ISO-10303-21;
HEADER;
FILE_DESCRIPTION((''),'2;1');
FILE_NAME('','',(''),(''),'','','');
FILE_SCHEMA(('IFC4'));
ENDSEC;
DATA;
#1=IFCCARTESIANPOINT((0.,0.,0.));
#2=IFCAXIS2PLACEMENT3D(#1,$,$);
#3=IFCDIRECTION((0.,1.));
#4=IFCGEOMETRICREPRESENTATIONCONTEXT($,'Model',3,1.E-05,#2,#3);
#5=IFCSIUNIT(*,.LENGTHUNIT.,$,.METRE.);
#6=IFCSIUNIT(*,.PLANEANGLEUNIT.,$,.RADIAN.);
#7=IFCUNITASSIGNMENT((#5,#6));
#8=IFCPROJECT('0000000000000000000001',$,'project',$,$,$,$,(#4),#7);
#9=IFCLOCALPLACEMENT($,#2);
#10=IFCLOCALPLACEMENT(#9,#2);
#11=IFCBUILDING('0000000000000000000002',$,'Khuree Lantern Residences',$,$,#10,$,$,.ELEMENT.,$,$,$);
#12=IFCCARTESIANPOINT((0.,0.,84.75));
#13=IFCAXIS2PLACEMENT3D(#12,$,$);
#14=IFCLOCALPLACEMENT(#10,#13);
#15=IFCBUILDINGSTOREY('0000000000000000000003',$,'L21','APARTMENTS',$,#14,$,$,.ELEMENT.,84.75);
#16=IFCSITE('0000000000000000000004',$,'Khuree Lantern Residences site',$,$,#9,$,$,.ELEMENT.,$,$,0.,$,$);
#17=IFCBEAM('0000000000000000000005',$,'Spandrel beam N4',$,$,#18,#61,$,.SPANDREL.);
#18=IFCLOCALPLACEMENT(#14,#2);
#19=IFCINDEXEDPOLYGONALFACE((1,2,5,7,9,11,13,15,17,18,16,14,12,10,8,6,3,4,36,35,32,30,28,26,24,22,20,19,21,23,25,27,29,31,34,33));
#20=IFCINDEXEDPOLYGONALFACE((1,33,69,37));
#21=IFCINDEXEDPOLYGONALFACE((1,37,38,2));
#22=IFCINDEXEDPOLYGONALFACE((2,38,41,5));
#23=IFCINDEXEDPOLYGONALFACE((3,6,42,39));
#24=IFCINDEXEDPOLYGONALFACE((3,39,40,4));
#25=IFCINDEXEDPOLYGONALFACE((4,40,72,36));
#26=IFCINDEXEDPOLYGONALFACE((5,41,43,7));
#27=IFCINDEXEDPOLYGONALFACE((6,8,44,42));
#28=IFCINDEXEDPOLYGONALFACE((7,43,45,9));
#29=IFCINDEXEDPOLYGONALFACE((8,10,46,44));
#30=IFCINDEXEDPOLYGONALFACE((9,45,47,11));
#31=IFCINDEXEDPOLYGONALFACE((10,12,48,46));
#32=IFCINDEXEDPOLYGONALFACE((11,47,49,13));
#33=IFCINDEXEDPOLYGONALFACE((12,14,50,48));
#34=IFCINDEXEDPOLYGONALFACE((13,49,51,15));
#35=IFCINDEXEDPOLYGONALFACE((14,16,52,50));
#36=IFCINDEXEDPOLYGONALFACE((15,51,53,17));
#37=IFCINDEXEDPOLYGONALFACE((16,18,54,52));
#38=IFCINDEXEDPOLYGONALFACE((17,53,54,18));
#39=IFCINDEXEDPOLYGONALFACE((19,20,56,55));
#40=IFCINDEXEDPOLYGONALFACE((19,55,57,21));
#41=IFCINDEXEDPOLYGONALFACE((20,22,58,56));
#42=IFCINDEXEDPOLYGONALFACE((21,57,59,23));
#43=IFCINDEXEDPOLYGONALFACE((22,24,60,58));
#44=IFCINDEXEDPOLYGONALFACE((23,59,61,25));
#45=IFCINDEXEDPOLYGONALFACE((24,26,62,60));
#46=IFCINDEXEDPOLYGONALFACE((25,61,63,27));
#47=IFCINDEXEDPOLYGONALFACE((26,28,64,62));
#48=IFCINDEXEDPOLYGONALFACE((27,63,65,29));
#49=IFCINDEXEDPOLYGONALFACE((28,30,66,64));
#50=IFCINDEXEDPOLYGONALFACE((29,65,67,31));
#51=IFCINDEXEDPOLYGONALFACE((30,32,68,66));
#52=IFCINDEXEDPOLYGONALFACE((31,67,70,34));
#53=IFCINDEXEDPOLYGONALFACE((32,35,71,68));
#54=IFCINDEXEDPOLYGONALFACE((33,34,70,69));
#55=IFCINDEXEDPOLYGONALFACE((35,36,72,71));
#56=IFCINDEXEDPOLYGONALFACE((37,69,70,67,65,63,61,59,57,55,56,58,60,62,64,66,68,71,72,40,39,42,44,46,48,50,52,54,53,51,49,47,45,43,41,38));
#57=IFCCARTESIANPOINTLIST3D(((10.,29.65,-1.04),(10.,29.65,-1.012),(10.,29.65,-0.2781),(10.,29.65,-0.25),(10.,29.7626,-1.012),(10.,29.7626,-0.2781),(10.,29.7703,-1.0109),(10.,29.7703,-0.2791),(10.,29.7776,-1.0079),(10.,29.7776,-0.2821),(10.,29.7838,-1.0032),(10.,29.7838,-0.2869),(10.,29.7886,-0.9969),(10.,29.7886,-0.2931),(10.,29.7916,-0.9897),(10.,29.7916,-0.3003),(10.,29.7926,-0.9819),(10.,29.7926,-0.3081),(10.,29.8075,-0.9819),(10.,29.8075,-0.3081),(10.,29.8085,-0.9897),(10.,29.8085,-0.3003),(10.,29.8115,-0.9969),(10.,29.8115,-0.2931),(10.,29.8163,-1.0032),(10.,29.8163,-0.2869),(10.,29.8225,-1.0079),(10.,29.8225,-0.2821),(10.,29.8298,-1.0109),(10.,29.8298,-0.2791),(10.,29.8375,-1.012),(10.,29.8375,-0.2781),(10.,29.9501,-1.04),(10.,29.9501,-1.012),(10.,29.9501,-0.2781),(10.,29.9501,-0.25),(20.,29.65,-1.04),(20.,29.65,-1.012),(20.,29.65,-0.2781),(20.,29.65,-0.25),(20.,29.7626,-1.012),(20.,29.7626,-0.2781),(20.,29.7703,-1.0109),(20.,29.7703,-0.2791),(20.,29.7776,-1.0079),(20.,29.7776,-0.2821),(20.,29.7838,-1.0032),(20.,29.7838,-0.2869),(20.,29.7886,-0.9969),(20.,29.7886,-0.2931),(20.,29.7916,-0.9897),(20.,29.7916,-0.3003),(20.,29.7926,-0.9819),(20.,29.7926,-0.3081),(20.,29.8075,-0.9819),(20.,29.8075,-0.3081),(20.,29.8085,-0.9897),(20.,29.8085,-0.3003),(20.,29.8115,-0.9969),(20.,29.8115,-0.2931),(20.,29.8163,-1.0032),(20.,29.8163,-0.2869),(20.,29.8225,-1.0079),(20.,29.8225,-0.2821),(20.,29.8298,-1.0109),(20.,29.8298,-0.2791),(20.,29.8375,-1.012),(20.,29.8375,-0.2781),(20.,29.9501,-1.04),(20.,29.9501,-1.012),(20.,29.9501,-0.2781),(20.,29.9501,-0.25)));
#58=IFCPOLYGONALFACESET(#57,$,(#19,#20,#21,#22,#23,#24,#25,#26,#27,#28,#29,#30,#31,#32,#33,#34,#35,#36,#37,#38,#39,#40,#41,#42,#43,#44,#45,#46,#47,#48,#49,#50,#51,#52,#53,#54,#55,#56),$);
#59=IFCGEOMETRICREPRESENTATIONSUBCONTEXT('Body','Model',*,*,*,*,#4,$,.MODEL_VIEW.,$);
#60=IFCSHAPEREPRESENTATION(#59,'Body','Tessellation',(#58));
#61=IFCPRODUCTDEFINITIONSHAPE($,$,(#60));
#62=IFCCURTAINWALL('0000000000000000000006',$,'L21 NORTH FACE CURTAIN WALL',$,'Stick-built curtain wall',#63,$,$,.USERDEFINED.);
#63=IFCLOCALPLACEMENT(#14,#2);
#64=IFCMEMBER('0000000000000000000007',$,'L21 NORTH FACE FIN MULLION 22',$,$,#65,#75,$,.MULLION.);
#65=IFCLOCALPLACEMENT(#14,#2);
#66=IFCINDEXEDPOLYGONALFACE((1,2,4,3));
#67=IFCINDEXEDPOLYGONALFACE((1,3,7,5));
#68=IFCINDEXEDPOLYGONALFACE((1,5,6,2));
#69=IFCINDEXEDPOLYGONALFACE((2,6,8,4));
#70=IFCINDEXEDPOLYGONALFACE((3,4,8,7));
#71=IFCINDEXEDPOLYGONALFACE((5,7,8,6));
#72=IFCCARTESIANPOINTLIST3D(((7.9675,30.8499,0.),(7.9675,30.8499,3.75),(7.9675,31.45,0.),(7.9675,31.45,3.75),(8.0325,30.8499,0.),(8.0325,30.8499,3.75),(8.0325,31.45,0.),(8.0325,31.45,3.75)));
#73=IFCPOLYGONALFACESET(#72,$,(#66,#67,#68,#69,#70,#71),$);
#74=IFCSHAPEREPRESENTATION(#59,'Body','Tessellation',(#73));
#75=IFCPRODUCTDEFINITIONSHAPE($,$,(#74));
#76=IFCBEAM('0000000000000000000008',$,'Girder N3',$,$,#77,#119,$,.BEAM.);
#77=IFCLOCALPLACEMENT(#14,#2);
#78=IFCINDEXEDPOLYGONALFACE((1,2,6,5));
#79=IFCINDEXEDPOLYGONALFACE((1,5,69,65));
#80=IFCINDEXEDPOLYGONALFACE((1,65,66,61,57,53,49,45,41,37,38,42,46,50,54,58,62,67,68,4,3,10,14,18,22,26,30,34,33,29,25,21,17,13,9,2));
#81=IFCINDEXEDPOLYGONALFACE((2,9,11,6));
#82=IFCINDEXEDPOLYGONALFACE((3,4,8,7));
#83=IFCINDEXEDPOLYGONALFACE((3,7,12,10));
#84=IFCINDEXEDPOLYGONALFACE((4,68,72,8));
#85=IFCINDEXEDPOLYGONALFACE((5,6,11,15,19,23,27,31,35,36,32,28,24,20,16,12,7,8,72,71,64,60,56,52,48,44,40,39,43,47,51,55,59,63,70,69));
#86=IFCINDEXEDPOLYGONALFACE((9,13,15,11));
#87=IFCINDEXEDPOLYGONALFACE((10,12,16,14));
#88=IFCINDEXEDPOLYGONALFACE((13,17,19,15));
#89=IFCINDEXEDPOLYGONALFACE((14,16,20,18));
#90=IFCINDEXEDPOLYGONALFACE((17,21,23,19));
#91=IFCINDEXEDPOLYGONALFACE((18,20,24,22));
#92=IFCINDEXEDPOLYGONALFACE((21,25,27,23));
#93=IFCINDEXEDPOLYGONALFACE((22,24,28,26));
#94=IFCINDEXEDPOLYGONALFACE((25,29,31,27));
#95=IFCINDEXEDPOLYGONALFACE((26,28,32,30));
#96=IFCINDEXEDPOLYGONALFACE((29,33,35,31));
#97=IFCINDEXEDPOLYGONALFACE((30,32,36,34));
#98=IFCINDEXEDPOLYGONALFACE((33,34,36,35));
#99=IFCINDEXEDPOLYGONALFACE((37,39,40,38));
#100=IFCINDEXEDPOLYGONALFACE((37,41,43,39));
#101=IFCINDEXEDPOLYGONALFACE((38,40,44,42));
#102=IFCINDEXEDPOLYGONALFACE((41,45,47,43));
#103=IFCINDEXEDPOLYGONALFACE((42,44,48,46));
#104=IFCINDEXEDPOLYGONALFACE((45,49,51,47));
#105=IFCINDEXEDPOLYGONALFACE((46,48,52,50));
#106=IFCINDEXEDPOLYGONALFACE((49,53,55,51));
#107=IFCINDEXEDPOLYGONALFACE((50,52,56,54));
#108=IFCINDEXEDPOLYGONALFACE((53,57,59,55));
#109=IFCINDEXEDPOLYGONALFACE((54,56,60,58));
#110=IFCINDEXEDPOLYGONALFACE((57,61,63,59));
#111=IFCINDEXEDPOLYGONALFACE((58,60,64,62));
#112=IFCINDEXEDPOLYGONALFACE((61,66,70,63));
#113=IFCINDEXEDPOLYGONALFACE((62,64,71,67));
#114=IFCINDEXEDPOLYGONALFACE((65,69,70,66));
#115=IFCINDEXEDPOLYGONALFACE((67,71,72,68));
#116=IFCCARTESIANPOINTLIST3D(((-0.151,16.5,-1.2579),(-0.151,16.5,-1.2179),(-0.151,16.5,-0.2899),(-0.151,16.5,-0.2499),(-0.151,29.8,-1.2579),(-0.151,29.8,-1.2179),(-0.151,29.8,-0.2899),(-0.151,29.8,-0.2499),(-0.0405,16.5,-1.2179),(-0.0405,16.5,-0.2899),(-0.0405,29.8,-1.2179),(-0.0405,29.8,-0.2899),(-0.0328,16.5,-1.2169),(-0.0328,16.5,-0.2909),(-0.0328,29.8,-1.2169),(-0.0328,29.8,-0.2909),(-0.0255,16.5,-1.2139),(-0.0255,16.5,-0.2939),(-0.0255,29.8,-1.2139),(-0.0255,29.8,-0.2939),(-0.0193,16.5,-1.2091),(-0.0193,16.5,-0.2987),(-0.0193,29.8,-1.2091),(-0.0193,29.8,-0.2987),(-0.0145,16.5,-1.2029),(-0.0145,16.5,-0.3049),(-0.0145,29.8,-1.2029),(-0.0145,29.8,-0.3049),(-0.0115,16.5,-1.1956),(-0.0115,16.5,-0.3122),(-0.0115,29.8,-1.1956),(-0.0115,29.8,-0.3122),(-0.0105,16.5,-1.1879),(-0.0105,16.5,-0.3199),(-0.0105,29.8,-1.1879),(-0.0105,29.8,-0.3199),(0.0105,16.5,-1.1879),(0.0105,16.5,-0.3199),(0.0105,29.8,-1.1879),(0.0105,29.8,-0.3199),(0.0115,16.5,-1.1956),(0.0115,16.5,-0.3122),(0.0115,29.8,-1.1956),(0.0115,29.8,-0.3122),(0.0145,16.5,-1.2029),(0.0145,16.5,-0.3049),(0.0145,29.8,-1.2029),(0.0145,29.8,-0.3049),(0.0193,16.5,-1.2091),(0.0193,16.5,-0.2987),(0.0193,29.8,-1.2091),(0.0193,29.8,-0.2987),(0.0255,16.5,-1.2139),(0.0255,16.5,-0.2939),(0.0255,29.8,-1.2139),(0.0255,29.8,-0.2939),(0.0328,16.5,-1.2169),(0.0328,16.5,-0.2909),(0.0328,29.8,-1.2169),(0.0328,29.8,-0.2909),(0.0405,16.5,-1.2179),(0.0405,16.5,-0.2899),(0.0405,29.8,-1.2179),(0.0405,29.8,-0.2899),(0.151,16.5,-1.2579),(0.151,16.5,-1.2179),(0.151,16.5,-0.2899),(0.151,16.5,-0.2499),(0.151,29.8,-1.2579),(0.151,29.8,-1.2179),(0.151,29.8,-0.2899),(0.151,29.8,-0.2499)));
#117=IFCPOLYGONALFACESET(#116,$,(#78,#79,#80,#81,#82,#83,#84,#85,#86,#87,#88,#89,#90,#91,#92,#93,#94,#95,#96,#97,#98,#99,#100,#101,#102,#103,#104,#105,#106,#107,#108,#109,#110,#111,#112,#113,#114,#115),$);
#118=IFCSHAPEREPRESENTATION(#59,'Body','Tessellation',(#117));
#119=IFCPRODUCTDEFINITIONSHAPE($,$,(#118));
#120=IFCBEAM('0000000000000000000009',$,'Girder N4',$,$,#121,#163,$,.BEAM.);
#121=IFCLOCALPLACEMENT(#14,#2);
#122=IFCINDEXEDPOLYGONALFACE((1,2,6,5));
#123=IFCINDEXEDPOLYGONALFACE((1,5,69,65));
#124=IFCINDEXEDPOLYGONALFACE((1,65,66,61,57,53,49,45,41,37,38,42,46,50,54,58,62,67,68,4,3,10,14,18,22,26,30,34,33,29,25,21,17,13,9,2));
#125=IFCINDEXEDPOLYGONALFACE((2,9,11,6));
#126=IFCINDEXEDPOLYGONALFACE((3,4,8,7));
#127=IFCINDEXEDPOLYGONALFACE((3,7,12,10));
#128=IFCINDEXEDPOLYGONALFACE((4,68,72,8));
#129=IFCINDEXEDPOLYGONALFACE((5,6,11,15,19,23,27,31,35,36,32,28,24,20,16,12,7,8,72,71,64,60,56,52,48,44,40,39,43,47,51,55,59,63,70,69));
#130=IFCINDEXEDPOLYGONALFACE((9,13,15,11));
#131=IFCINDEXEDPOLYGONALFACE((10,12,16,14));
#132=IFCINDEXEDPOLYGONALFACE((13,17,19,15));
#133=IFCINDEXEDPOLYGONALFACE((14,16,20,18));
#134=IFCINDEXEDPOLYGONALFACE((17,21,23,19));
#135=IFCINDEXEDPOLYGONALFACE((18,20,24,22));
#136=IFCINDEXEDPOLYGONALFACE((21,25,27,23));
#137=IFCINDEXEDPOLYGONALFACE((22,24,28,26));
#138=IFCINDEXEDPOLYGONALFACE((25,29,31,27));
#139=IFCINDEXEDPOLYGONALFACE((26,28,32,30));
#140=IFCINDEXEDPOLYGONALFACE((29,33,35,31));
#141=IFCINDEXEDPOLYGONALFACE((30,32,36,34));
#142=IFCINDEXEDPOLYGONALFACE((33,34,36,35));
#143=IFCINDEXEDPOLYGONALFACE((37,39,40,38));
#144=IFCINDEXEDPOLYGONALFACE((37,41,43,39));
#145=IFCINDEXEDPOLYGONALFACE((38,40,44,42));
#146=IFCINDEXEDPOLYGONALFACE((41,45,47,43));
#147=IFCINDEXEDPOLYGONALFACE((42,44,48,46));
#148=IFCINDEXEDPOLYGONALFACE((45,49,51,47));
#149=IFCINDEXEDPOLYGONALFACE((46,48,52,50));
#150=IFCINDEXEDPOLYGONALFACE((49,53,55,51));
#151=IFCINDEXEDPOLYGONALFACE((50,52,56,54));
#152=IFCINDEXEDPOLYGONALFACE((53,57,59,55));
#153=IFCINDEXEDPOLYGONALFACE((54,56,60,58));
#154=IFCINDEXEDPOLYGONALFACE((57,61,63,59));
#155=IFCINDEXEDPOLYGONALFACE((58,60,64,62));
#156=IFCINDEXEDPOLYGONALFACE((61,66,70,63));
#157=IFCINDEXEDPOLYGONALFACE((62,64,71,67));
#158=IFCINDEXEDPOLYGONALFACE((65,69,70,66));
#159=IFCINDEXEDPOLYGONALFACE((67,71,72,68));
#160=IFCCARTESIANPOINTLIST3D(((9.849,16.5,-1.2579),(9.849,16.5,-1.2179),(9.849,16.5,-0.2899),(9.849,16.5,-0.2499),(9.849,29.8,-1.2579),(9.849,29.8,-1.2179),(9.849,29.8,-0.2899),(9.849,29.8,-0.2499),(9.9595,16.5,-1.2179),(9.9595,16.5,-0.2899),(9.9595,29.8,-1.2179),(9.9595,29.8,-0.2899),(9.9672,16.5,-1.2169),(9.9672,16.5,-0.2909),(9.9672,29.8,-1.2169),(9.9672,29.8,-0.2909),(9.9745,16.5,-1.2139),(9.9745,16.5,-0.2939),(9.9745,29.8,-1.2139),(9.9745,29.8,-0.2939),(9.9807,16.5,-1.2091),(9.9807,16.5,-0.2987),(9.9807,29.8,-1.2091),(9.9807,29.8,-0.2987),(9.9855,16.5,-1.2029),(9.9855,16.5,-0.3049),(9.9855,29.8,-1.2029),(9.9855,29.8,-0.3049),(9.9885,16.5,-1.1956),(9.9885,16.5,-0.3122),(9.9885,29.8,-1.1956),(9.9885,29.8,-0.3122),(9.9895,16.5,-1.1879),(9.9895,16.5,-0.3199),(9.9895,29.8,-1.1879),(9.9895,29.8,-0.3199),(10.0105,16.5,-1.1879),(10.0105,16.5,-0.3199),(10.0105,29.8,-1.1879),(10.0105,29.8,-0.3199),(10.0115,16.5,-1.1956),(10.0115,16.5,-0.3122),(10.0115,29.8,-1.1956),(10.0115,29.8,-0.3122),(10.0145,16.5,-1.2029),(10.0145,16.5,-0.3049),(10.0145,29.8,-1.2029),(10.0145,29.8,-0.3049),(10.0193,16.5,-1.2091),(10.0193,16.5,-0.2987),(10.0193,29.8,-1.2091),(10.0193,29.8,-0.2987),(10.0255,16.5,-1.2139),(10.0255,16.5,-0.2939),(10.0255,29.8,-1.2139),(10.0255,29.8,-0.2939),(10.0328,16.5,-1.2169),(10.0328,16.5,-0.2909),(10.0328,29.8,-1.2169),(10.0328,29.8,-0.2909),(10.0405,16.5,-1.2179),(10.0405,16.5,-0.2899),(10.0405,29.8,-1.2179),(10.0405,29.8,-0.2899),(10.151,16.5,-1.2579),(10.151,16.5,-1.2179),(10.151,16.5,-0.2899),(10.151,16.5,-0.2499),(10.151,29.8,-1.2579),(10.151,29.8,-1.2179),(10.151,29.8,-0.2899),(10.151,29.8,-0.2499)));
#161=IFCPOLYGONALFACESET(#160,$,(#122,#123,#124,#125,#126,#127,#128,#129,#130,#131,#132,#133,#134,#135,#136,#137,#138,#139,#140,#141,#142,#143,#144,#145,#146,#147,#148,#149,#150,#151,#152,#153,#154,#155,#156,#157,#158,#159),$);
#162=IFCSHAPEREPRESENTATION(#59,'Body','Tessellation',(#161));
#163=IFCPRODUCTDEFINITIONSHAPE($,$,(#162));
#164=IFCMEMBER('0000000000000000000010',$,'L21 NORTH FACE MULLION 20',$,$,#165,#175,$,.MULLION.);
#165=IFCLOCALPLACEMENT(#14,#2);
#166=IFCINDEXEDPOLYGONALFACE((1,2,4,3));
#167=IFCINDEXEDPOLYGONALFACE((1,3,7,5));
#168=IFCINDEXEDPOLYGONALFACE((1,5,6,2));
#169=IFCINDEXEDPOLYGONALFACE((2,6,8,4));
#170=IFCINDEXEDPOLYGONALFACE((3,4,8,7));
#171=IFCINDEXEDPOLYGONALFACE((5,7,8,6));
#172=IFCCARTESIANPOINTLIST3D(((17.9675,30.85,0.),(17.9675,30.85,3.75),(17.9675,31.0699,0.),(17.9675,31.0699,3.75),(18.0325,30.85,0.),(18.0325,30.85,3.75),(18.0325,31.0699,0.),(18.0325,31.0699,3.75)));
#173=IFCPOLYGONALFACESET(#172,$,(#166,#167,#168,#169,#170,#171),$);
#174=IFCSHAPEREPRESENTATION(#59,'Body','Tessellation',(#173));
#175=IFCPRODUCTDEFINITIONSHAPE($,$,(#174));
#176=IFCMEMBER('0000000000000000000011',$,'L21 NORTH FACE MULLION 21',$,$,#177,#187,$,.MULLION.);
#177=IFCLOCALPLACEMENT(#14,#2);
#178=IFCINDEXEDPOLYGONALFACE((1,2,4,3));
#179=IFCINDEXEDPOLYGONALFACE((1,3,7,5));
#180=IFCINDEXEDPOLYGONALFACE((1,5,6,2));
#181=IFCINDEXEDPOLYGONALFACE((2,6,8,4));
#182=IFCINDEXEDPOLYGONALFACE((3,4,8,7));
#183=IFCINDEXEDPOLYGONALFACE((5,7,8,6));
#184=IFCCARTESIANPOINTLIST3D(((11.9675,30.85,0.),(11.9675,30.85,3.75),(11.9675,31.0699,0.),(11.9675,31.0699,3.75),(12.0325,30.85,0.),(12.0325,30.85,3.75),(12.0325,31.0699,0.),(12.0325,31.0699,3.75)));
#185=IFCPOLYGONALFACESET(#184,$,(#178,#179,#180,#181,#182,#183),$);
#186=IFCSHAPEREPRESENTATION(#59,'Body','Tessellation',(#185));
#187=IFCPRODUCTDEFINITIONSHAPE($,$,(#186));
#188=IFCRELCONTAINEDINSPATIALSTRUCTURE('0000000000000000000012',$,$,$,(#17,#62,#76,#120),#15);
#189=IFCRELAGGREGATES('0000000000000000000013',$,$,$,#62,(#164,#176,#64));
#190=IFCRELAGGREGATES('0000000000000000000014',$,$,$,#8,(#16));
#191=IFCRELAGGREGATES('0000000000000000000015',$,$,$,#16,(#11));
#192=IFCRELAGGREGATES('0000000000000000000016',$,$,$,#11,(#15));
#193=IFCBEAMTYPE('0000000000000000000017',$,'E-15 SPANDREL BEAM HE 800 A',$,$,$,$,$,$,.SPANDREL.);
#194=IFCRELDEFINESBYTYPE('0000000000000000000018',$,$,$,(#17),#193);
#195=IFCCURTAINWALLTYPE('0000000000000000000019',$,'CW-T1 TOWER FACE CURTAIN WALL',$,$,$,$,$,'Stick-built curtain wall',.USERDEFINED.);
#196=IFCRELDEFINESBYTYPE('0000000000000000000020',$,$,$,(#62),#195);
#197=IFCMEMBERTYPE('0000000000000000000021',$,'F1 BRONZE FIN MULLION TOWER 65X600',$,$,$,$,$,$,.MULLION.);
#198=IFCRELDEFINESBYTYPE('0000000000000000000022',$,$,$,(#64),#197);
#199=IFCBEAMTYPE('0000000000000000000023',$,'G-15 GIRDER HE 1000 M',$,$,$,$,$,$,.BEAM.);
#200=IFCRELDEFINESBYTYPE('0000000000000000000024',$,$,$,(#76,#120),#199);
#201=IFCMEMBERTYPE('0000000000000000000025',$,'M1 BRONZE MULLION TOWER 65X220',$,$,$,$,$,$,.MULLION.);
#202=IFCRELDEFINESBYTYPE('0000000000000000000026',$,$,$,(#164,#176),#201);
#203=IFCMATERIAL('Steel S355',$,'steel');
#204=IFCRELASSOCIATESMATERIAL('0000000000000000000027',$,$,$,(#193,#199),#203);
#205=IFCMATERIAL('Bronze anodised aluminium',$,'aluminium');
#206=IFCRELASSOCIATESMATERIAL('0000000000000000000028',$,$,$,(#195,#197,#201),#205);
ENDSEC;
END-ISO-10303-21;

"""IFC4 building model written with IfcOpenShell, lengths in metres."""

from ifc_helpers import new_model, si_unit, direction, frame, origin, origin_2d, place, context, subcontext, project, spatial, rectangle, i_section, extrude, material, material_profile, profile_set, type_object, element, aggregate, save


model = new_model("IFC4")

# Units and contexts
model_context = context("Model", 3, precision=1e-05, world=origin(), true_north=direction((0.0, 1.0)))
body_context = subcontext(model_context, "Body", "Model", "MODEL_VIEW")
ifc_project = project(units=[si_unit("LENGTHUNIT", "METRE"), si_unit("PLANEANGLEUNIT", "RADIAN")], contexts=[model_context])

# Site, building, storey
site_placement = place(None, origin())
site = spatial("IfcSite", under=ifc_project, at=site_placement, Name="Khuree Lantern Residences site", CompositionType="ELEMENT", RefElevation=0.0)
building_placement = place(site_placement, origin())
building = spatial("IfcBuilding", under=site, at=building_placement, Name="Khuree Lantern Residences", CompositionType="ELEMENT")
storey_placement = place(building_placement, frame((0.0, 0.0, 84.75)))
storey = spatial("IfcBuildingStorey", under=building, at=storey_placement, Name="L21", Description="APARTMENTS", CompositionType="ELEMENT", Elevation=84.75)

# Beam
ifc_material_1 = material(Name="Steel S355", Category="steel")
ifc_material_profile_1 = material_profile(ifc_material_1, i_section(OverallWidth=0.3, OverallDepth=0.79, WebThickness=0.0149, FlangeThickness=0.0281, FilletRadius=0.03, at=origin_2d()), Name="HE 800 A")
ifc_profile_set_1 = profile_set([ifc_material_profile_1], Name="Steel S355")
beam_type_1 = type_object("IfcBeamType", Name="E-15 SPANDREL BEAM HE 800 A", PredefinedType="SPANDREL", material=ifc_profile_set_1)
for number, where, z_axis, x_axis, name in (
    (1, (10.0, 29.8, -0.645), (1.0, 0.0, 0.0), (0.0, 1.0, 0.0), "Spandrel beam N4"),
):
    element("IfcBeam", number, at=place(storey_placement, frame(where, z_axis=z_axis, x_axis=x_axis)), inside=storey, type_object=beam_type_1, Name=name, PredefinedType="SPANDREL", context=body_context, shape_type="SweptSolid", body=[
        extrude(i_section(OverallWidth=0.3, OverallDepth=0.79, WebThickness=0.0149, FlangeThickness=0.0281, FilletRadius=0.03, at=origin_2d()), origin(), (0.0, 0.0, 1.0), 10.0),
    ])

# Curtain wall, member
ifc_material_2 = material(Name="Bronze anodised aluminium", Category="aluminium")
curtain_wall_type = type_object("IfcCurtainWallType", Name="CW-T1 TOWER FACE CURTAIN WALL", ElementType="Stick-built curtain wall", PredefinedType="USERDEFINED", material=ifc_material_2)
curtain_wall_placement = place(storey_placement, origin())
curtain_wall = element("IfcCurtainWall", 2, at=curtain_wall_placement, inside=storey, type_object=curtain_wall_type, Name="L21 NORTH FACE CURTAIN WALL", ObjectType="Stick-built curtain wall", PredefinedType="USERDEFINED")
ifc_material_profile_2 = material_profile(ifc_material_2, rectangle(XDim=0.0649, YDim=0.6001, at=origin_2d()), Name="F1 65X600")
ifc_profile_set_2 = profile_set([ifc_material_profile_2], Name="Bronze anodised aluminium")
member_type_1 = type_object("IfcMemberType", Name="F1 BRONZE FIN MULLION TOWER 65X600", PredefinedType="MULLION", material=ifc_profile_set_2)
member_1_placement = place(storey_placement, frame((8.0, 31.1499, 0.0), z_axis=(0.0, 0.0, 1.0), x_axis=(-1.0, 0.0, 0.0)))
member_1 = element("IfcMember", 3, at=member_1_placement, type_object=member_type_1, Name="L21 NORTH FACE FIN MULLION 22", PredefinedType="MULLION", context=body_context, shape_type="SweptSolid", body=[
    extrude(rectangle(XDim=0.0649, YDim=0.6001, at=origin_2d()), origin(), (0.0, 0.0, 1.0), 3.75),
])

# Beams
ifc_material_profile_3 = material_profile(ifc_material_1, i_section(OverallWidth=0.302, OverallDepth=1.0081, WebThickness=0.021, FlangeThickness=0.04, FilletRadius=0.03, at=origin_2d()), Name="HE 1000 M")
ifc_profile_set_3 = profile_set([ifc_material_profile_3], Name="Steel S355")
beam_type_2 = type_object("IfcBeamType", Name="G-15 GIRDER HE 1000 M", PredefinedType="BEAM", material=ifc_profile_set_3)
for number, where, z_axis, x_axis, name in (
    (4, (0.0, 29.8, -0.7539), (0.0, -1.0, 0.0), (1.0, 0.0, 0.0), "Girder N3"),
    (5, (10.0, 29.8, -0.7539), (0.0, -1.0, 0.0), (1.0, 0.0, 0.0), "Girder N4"),
):
    element("IfcBeam", number, at=place(storey_placement, frame(where, z_axis=z_axis, x_axis=x_axis)), inside=storey, type_object=beam_type_2, Name=name, PredefinedType="BEAM", context=body_context, shape_type="SweptSolid", body=[
        extrude(i_section(OverallWidth=0.302, OverallDepth=1.0081, WebThickness=0.021, FlangeThickness=0.04, FilletRadius=0.03, at=origin_2d()), origin(), (0.0, 0.0, 1.0), 13.3),
    ])

# Members
ifc_material_profile_4 = material_profile(ifc_material_2, rectangle(XDim=0.0649, YDim=0.22, at=origin_2d()), Name="M1 65X220")
ifc_profile_set_4 = profile_set([ifc_material_profile_4], Name="Bronze anodised aluminium")
member_type_2 = type_object("IfcMemberType", Name="M1 BRONZE MULLION TOWER 65X220", PredefinedType="MULLION", material=ifc_profile_set_4)
member_2_placement = place(storey_placement, frame((18.0, 30.96, 0.0), z_axis=(0.0, 0.0, 1.0), x_axis=(-1.0, 0.0, 0.0)))
member_2 = element("IfcMember", 6, at=member_2_placement, type_object=member_type_2, Name="L21 NORTH FACE MULLION 20", PredefinedType="MULLION", context=body_context, shape_type="SweptSolid", body=[
    extrude(rectangle(XDim=0.0649, YDim=0.22, at=origin_2d()), origin(), (0.0, 0.0, 1.0), 3.75),
])
member_3_placement = place(storey_placement, frame((12.0, 30.96, 0.0), z_axis=(0.0, 0.0, 1.0), x_axis=(-1.0, 0.0, 0.0)))
member_3 = element("IfcMember", 7, at=member_3_placement, type_object=member_type_2, Name="L21 NORTH FACE MULLION 21", PredefinedType="MULLION", context=body_context, shape_type="SweptSolid", body=[
    extrude(rectangle(XDim=0.0649, YDim=0.22, at=origin_2d()), origin(), (0.0, 0.0, 1.0), 3.75),
])

aggregate(curtain_wall, [member_2, member_3, member_1])

save(model, "model.ifc")
